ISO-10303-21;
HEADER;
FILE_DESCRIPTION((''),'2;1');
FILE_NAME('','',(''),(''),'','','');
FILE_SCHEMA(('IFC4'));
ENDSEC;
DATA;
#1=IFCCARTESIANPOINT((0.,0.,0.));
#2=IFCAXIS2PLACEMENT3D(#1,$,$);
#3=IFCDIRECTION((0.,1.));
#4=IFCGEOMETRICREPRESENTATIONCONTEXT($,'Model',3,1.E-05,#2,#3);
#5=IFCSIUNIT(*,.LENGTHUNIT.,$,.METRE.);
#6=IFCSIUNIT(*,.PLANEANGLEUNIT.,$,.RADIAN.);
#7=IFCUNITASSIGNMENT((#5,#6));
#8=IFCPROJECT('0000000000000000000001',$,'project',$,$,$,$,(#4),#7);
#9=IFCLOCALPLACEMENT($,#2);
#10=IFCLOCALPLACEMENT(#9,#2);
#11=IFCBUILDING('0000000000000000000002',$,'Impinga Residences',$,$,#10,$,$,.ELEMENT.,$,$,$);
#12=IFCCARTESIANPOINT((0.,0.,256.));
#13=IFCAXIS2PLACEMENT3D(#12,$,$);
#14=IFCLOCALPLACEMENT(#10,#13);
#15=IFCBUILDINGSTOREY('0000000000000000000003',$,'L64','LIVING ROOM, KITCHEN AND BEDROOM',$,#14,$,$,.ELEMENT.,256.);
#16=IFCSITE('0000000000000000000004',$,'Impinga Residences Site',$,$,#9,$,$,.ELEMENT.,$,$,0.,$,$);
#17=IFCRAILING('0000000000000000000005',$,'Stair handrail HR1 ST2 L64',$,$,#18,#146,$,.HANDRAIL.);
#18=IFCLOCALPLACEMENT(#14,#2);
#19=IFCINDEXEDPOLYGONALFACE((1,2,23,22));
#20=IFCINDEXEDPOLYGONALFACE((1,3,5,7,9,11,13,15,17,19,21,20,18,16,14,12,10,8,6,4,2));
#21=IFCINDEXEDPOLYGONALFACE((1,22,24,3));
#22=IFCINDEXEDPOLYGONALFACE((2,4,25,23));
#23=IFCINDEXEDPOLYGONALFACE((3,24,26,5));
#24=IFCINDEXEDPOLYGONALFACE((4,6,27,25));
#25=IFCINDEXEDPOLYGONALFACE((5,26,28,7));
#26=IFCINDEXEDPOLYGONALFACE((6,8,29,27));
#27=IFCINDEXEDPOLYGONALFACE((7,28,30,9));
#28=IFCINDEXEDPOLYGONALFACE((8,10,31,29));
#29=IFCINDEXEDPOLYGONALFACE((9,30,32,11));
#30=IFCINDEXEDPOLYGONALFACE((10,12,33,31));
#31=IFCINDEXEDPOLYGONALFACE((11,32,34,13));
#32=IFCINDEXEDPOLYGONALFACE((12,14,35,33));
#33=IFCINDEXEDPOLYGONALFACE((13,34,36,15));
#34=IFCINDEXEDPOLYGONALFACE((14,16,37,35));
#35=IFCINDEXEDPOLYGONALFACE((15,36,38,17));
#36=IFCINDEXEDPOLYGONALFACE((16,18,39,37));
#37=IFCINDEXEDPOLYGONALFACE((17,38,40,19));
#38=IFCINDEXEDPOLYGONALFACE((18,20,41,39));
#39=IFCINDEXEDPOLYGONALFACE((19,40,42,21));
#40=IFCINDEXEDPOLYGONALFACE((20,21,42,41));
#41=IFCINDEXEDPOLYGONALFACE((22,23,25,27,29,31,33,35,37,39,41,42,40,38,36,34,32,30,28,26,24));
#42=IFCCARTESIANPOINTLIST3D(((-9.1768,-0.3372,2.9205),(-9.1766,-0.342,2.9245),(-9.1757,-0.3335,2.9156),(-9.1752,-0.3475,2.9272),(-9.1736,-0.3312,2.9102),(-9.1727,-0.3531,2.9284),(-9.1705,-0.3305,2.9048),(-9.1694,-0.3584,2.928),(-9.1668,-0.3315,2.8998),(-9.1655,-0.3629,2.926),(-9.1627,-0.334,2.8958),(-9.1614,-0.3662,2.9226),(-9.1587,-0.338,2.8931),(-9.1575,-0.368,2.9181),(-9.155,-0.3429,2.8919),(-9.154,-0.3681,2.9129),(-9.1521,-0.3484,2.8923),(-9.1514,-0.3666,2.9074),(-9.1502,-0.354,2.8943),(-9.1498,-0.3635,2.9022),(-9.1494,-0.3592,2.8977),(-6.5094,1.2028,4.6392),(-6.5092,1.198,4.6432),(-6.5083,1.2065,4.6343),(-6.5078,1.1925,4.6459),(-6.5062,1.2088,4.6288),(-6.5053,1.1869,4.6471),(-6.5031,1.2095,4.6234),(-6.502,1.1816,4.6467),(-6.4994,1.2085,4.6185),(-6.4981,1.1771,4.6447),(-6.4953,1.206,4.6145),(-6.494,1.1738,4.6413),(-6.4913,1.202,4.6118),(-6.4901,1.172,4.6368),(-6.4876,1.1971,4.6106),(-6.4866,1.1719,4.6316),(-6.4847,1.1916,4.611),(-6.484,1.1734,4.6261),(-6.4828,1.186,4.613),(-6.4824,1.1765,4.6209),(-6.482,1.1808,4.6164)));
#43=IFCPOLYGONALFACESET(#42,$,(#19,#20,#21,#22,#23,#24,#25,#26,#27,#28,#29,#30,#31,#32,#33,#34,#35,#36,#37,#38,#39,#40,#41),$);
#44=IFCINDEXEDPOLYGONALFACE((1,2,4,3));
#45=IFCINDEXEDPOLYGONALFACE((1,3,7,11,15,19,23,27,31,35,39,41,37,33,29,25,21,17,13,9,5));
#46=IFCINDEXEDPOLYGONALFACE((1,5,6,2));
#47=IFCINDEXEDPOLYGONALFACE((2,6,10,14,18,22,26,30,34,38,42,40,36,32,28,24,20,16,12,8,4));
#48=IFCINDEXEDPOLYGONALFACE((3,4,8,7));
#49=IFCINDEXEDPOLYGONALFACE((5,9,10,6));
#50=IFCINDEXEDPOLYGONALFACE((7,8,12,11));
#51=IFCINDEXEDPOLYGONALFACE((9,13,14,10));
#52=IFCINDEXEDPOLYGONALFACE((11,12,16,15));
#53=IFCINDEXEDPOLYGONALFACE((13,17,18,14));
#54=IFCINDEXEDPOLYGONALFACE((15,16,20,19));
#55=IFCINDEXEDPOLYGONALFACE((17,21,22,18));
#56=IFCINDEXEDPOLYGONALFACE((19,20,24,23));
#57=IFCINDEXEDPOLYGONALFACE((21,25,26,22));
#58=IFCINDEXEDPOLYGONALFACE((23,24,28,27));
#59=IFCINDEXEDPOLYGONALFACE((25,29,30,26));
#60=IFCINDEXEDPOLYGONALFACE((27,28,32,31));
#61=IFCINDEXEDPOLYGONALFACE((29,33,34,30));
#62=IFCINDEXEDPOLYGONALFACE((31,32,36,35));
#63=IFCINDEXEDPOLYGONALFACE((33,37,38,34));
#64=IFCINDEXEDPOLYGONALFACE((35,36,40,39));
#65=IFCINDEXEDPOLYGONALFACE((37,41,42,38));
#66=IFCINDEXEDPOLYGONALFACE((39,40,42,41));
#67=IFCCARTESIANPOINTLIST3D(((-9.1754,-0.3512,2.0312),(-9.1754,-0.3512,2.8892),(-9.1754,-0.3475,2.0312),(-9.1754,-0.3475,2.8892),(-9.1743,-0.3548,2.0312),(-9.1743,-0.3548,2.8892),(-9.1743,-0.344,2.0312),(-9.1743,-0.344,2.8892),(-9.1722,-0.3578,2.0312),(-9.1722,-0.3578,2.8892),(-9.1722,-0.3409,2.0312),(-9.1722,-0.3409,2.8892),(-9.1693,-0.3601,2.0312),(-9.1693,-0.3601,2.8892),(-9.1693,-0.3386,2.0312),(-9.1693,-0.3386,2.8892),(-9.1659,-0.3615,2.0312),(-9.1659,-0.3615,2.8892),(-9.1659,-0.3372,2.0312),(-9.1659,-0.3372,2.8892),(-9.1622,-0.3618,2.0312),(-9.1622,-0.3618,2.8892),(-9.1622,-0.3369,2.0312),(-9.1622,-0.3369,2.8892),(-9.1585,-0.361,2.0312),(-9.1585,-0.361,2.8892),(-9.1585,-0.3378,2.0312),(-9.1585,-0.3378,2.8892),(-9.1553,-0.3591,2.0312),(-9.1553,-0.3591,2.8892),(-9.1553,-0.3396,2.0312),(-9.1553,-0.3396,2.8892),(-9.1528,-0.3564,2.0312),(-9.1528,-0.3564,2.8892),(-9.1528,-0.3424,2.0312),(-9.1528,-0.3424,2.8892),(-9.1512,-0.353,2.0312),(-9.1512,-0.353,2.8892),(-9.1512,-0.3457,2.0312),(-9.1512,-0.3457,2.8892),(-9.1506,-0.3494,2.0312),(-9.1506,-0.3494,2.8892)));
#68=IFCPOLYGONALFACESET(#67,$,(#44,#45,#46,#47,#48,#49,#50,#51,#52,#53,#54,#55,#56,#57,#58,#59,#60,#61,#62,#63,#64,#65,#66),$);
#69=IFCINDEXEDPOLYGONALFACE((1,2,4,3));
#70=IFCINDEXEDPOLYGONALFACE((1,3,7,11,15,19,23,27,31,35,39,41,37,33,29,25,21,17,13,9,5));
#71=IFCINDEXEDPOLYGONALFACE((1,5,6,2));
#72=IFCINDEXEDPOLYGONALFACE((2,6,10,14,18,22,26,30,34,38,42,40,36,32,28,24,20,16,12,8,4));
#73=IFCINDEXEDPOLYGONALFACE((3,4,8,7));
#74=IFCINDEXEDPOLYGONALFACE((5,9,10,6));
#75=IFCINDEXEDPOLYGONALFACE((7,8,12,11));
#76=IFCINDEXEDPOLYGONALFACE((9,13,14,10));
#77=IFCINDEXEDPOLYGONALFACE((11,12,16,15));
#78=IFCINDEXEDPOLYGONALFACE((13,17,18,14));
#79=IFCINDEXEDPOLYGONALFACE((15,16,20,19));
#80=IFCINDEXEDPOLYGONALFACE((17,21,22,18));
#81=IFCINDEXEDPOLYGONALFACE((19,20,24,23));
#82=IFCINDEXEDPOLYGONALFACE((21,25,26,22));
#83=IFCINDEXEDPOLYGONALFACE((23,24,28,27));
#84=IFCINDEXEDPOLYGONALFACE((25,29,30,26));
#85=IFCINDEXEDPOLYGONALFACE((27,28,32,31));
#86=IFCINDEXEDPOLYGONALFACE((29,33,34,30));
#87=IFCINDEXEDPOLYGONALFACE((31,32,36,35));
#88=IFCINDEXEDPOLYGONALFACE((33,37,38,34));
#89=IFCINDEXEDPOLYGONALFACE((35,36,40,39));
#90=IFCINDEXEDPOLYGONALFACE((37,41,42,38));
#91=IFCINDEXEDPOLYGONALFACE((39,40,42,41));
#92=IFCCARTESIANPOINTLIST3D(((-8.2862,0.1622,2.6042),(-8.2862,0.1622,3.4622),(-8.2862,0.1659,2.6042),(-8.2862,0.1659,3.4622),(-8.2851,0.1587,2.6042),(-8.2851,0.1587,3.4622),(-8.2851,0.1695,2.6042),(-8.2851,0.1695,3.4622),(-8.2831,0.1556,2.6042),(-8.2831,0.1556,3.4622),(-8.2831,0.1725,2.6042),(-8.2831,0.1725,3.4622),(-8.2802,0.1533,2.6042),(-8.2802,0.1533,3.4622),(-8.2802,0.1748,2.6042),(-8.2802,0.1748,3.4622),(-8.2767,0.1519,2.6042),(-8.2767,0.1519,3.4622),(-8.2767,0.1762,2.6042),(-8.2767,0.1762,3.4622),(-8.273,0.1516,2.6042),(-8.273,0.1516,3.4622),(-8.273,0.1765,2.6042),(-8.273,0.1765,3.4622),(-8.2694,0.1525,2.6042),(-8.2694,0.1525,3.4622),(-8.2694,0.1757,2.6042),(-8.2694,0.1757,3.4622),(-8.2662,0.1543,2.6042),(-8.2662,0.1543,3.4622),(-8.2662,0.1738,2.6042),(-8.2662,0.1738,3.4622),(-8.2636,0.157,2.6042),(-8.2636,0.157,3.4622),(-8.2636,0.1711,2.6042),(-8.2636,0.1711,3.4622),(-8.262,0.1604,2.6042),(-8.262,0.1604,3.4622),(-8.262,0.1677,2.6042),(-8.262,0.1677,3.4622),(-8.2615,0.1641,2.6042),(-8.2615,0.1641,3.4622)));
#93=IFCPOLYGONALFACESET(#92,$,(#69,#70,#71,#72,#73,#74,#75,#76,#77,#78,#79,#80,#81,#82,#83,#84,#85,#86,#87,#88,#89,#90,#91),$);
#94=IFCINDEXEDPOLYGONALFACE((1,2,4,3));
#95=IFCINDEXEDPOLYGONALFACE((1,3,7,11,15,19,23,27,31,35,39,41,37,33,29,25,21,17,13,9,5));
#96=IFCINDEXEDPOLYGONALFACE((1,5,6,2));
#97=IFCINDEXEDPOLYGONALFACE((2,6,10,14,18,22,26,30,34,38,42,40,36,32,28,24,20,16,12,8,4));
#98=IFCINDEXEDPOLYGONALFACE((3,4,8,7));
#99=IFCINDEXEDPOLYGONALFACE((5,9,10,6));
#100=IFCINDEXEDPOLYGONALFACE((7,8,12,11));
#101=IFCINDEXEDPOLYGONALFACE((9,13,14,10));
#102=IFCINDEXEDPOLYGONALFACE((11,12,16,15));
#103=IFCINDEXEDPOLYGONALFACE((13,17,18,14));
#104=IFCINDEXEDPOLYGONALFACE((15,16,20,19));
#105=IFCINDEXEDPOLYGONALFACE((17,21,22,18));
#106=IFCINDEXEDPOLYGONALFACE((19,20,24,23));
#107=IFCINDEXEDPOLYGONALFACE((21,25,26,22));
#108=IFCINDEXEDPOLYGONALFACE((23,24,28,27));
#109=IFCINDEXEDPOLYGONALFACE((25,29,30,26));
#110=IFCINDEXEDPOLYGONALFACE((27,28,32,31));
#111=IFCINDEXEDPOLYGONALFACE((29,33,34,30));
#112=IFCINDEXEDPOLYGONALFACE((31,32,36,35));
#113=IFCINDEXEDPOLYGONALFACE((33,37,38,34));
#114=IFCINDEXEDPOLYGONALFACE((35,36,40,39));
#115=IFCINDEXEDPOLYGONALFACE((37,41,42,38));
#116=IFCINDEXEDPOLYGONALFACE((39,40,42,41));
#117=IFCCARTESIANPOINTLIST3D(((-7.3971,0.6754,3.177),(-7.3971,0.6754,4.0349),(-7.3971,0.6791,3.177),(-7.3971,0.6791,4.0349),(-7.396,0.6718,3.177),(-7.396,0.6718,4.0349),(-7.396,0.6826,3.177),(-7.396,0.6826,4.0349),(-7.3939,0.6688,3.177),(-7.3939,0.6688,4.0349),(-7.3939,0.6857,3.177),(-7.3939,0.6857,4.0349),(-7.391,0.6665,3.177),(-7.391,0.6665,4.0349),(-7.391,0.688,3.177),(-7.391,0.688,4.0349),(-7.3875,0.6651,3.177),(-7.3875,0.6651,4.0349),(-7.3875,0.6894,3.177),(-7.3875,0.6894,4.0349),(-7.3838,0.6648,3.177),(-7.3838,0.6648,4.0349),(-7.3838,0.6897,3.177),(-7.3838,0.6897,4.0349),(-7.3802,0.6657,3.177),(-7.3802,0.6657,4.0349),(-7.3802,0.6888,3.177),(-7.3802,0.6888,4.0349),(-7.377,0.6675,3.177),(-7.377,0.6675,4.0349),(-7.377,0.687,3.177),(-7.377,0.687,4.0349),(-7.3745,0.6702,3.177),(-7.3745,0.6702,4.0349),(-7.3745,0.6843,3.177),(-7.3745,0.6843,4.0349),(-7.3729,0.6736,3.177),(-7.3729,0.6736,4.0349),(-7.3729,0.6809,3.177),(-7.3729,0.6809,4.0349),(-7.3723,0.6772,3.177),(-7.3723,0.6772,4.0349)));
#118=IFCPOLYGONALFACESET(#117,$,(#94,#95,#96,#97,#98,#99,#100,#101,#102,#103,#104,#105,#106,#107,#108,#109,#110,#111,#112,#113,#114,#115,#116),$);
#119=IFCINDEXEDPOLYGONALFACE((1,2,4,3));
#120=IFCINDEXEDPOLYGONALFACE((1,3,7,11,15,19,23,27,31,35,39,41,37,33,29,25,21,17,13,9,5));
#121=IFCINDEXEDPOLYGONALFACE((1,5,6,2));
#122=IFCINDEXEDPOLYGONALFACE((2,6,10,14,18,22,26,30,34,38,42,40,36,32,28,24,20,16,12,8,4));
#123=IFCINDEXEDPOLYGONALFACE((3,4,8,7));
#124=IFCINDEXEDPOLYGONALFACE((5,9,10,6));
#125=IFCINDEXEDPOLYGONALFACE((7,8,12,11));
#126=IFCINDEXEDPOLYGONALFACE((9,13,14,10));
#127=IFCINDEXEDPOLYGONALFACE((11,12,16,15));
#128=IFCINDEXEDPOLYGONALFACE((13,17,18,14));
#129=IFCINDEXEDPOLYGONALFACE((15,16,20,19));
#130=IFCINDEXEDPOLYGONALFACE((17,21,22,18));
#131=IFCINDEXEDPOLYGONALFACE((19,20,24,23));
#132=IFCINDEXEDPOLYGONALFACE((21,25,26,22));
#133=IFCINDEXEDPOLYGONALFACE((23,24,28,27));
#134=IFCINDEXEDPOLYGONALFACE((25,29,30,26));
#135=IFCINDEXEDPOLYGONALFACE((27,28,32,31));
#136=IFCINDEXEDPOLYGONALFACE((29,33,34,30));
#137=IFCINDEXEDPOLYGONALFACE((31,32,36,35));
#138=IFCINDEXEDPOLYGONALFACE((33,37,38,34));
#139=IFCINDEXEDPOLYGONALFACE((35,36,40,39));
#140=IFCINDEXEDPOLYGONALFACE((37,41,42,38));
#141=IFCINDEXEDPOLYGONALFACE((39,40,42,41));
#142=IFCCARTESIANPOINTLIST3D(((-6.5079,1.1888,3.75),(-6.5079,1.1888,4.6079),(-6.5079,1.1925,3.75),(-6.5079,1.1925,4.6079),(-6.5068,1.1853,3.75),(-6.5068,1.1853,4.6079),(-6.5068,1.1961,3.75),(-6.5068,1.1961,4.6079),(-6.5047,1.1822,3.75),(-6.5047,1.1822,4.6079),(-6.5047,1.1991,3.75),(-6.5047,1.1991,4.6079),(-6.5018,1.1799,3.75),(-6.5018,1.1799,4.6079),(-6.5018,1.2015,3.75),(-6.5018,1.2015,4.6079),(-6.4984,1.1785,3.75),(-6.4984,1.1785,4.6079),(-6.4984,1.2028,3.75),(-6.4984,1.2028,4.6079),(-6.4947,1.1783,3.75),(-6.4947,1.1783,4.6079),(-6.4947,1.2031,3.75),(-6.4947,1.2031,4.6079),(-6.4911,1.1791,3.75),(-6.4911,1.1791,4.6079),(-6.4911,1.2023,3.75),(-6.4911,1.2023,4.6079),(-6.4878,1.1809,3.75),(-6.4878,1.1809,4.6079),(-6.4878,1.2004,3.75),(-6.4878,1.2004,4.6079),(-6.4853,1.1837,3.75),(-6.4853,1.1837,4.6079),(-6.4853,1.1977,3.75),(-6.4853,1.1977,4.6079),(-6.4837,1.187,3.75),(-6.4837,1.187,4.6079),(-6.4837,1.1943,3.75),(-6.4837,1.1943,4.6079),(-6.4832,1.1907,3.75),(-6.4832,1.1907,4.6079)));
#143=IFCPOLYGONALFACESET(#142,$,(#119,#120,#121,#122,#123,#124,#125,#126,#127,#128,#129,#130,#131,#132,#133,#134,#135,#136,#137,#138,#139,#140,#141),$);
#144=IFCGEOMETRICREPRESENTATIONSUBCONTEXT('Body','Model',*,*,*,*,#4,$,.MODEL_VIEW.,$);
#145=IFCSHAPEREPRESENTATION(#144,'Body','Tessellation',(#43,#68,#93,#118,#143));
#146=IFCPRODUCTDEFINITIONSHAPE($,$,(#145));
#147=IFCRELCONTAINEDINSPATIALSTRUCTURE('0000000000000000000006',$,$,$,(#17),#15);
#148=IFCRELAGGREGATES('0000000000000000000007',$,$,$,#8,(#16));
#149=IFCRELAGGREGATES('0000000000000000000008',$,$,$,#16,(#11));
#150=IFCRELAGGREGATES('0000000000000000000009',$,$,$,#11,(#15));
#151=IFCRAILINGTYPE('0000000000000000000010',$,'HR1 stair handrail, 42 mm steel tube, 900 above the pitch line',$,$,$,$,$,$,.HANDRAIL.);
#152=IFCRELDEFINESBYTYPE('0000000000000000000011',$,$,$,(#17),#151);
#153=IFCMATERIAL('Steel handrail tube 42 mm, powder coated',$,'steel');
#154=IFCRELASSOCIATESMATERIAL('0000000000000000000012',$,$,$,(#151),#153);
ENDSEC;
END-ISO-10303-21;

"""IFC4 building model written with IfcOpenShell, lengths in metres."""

from ifc_helpers import new_model, si_unit, direction, frame, origin, origin_2d, place, context, subcontext, project, spatial, circle, extrude, material, type_object, element, save


model = new_model("IFC4")

# Units and contexts
model_context = context("Model", 3, precision=1e-05, world=origin(), true_north=direction((0.0, 1.0)))
body_context = subcontext(model_context, "Body", "Model", "MODEL_VIEW")
ifc_project = project(units=[si_unit("LENGTHUNIT", "METRE"), si_unit("PLANEANGLEUNIT", "RADIAN")], contexts=[model_context])

# Site, building, storey
site_placement = place(None, origin())
site = spatial("IfcSite", under=ifc_project, at=site_placement, Name="Impinga Residences Site", CompositionType="ELEMENT", RefElevation=0.0)
building_placement = place(site_placement, origin())
building = spatial("IfcBuilding", under=site, at=building_placement, Name="Impinga Residences", CompositionType="ELEMENT")
storey_placement = place(building_placement, frame((0.0, 0.0, 256.0)))
storey = spatial("IfcBuildingStorey", under=building, at=storey_placement, Name="L64", Description="LIVING ROOM, KITCHEN AND BEDROOM", CompositionType="ELEMENT", Elevation=256.0)

# Railing
ifc_material_1 = material(Name="Steel handrail tube 42 mm, powder coated", Category="steel")
railing_type_1 = type_object("IfcRailingType", Name="HR1 stair handrail, 42 mm steel tube, 900 above the pitch line", PredefinedType="HANDRAIL", material=ifc_material_1)
railing_1_placement = place(storey_placement, frame((-9.1631, -0.3494, 2.0312)))
element("IfcRailing", 1, at=railing_1_placement, inside=storey, type_object=railing_type_1, Name="Stair handrail HR1 ST2 L64", PredefinedType="HANDRAIL", context=body_context, shape_type="SweptSolid", body=[
    extrude(circle(Radius=0.021, at=origin_2d()), frame((0.0, 0.0, 0.8789), z_axis=(0.756256, 0.436616, 0.487282), x_axis=(-0.499992, 0.86603, 0.0)), (0.0, 0.0, 1.0), 3.5271),
    extrude(circle(Radius=0.0125, at=origin_2d()), origin(), (0.0, 0.0, 1.0), 0.8579),
    extrude(circle(Radius=0.0125, at=origin_2d()), frame((0.8892, 0.5134, 0.573)), (0.0, 0.0, 1.0), 0.8579),
    extrude(circle(Radius=0.0125, at=origin_2d()), frame((1.7783, 1.0266, 1.1458)), (0.0, 0.0, 1.0), 0.8579),
    extrude(circle(Radius=0.0125, at=origin_2d()), frame((2.6675, 1.54, 1.7188)), (0.0, 0.0, 1.0), 0.8579),
])

save(model, "model.ifc")
